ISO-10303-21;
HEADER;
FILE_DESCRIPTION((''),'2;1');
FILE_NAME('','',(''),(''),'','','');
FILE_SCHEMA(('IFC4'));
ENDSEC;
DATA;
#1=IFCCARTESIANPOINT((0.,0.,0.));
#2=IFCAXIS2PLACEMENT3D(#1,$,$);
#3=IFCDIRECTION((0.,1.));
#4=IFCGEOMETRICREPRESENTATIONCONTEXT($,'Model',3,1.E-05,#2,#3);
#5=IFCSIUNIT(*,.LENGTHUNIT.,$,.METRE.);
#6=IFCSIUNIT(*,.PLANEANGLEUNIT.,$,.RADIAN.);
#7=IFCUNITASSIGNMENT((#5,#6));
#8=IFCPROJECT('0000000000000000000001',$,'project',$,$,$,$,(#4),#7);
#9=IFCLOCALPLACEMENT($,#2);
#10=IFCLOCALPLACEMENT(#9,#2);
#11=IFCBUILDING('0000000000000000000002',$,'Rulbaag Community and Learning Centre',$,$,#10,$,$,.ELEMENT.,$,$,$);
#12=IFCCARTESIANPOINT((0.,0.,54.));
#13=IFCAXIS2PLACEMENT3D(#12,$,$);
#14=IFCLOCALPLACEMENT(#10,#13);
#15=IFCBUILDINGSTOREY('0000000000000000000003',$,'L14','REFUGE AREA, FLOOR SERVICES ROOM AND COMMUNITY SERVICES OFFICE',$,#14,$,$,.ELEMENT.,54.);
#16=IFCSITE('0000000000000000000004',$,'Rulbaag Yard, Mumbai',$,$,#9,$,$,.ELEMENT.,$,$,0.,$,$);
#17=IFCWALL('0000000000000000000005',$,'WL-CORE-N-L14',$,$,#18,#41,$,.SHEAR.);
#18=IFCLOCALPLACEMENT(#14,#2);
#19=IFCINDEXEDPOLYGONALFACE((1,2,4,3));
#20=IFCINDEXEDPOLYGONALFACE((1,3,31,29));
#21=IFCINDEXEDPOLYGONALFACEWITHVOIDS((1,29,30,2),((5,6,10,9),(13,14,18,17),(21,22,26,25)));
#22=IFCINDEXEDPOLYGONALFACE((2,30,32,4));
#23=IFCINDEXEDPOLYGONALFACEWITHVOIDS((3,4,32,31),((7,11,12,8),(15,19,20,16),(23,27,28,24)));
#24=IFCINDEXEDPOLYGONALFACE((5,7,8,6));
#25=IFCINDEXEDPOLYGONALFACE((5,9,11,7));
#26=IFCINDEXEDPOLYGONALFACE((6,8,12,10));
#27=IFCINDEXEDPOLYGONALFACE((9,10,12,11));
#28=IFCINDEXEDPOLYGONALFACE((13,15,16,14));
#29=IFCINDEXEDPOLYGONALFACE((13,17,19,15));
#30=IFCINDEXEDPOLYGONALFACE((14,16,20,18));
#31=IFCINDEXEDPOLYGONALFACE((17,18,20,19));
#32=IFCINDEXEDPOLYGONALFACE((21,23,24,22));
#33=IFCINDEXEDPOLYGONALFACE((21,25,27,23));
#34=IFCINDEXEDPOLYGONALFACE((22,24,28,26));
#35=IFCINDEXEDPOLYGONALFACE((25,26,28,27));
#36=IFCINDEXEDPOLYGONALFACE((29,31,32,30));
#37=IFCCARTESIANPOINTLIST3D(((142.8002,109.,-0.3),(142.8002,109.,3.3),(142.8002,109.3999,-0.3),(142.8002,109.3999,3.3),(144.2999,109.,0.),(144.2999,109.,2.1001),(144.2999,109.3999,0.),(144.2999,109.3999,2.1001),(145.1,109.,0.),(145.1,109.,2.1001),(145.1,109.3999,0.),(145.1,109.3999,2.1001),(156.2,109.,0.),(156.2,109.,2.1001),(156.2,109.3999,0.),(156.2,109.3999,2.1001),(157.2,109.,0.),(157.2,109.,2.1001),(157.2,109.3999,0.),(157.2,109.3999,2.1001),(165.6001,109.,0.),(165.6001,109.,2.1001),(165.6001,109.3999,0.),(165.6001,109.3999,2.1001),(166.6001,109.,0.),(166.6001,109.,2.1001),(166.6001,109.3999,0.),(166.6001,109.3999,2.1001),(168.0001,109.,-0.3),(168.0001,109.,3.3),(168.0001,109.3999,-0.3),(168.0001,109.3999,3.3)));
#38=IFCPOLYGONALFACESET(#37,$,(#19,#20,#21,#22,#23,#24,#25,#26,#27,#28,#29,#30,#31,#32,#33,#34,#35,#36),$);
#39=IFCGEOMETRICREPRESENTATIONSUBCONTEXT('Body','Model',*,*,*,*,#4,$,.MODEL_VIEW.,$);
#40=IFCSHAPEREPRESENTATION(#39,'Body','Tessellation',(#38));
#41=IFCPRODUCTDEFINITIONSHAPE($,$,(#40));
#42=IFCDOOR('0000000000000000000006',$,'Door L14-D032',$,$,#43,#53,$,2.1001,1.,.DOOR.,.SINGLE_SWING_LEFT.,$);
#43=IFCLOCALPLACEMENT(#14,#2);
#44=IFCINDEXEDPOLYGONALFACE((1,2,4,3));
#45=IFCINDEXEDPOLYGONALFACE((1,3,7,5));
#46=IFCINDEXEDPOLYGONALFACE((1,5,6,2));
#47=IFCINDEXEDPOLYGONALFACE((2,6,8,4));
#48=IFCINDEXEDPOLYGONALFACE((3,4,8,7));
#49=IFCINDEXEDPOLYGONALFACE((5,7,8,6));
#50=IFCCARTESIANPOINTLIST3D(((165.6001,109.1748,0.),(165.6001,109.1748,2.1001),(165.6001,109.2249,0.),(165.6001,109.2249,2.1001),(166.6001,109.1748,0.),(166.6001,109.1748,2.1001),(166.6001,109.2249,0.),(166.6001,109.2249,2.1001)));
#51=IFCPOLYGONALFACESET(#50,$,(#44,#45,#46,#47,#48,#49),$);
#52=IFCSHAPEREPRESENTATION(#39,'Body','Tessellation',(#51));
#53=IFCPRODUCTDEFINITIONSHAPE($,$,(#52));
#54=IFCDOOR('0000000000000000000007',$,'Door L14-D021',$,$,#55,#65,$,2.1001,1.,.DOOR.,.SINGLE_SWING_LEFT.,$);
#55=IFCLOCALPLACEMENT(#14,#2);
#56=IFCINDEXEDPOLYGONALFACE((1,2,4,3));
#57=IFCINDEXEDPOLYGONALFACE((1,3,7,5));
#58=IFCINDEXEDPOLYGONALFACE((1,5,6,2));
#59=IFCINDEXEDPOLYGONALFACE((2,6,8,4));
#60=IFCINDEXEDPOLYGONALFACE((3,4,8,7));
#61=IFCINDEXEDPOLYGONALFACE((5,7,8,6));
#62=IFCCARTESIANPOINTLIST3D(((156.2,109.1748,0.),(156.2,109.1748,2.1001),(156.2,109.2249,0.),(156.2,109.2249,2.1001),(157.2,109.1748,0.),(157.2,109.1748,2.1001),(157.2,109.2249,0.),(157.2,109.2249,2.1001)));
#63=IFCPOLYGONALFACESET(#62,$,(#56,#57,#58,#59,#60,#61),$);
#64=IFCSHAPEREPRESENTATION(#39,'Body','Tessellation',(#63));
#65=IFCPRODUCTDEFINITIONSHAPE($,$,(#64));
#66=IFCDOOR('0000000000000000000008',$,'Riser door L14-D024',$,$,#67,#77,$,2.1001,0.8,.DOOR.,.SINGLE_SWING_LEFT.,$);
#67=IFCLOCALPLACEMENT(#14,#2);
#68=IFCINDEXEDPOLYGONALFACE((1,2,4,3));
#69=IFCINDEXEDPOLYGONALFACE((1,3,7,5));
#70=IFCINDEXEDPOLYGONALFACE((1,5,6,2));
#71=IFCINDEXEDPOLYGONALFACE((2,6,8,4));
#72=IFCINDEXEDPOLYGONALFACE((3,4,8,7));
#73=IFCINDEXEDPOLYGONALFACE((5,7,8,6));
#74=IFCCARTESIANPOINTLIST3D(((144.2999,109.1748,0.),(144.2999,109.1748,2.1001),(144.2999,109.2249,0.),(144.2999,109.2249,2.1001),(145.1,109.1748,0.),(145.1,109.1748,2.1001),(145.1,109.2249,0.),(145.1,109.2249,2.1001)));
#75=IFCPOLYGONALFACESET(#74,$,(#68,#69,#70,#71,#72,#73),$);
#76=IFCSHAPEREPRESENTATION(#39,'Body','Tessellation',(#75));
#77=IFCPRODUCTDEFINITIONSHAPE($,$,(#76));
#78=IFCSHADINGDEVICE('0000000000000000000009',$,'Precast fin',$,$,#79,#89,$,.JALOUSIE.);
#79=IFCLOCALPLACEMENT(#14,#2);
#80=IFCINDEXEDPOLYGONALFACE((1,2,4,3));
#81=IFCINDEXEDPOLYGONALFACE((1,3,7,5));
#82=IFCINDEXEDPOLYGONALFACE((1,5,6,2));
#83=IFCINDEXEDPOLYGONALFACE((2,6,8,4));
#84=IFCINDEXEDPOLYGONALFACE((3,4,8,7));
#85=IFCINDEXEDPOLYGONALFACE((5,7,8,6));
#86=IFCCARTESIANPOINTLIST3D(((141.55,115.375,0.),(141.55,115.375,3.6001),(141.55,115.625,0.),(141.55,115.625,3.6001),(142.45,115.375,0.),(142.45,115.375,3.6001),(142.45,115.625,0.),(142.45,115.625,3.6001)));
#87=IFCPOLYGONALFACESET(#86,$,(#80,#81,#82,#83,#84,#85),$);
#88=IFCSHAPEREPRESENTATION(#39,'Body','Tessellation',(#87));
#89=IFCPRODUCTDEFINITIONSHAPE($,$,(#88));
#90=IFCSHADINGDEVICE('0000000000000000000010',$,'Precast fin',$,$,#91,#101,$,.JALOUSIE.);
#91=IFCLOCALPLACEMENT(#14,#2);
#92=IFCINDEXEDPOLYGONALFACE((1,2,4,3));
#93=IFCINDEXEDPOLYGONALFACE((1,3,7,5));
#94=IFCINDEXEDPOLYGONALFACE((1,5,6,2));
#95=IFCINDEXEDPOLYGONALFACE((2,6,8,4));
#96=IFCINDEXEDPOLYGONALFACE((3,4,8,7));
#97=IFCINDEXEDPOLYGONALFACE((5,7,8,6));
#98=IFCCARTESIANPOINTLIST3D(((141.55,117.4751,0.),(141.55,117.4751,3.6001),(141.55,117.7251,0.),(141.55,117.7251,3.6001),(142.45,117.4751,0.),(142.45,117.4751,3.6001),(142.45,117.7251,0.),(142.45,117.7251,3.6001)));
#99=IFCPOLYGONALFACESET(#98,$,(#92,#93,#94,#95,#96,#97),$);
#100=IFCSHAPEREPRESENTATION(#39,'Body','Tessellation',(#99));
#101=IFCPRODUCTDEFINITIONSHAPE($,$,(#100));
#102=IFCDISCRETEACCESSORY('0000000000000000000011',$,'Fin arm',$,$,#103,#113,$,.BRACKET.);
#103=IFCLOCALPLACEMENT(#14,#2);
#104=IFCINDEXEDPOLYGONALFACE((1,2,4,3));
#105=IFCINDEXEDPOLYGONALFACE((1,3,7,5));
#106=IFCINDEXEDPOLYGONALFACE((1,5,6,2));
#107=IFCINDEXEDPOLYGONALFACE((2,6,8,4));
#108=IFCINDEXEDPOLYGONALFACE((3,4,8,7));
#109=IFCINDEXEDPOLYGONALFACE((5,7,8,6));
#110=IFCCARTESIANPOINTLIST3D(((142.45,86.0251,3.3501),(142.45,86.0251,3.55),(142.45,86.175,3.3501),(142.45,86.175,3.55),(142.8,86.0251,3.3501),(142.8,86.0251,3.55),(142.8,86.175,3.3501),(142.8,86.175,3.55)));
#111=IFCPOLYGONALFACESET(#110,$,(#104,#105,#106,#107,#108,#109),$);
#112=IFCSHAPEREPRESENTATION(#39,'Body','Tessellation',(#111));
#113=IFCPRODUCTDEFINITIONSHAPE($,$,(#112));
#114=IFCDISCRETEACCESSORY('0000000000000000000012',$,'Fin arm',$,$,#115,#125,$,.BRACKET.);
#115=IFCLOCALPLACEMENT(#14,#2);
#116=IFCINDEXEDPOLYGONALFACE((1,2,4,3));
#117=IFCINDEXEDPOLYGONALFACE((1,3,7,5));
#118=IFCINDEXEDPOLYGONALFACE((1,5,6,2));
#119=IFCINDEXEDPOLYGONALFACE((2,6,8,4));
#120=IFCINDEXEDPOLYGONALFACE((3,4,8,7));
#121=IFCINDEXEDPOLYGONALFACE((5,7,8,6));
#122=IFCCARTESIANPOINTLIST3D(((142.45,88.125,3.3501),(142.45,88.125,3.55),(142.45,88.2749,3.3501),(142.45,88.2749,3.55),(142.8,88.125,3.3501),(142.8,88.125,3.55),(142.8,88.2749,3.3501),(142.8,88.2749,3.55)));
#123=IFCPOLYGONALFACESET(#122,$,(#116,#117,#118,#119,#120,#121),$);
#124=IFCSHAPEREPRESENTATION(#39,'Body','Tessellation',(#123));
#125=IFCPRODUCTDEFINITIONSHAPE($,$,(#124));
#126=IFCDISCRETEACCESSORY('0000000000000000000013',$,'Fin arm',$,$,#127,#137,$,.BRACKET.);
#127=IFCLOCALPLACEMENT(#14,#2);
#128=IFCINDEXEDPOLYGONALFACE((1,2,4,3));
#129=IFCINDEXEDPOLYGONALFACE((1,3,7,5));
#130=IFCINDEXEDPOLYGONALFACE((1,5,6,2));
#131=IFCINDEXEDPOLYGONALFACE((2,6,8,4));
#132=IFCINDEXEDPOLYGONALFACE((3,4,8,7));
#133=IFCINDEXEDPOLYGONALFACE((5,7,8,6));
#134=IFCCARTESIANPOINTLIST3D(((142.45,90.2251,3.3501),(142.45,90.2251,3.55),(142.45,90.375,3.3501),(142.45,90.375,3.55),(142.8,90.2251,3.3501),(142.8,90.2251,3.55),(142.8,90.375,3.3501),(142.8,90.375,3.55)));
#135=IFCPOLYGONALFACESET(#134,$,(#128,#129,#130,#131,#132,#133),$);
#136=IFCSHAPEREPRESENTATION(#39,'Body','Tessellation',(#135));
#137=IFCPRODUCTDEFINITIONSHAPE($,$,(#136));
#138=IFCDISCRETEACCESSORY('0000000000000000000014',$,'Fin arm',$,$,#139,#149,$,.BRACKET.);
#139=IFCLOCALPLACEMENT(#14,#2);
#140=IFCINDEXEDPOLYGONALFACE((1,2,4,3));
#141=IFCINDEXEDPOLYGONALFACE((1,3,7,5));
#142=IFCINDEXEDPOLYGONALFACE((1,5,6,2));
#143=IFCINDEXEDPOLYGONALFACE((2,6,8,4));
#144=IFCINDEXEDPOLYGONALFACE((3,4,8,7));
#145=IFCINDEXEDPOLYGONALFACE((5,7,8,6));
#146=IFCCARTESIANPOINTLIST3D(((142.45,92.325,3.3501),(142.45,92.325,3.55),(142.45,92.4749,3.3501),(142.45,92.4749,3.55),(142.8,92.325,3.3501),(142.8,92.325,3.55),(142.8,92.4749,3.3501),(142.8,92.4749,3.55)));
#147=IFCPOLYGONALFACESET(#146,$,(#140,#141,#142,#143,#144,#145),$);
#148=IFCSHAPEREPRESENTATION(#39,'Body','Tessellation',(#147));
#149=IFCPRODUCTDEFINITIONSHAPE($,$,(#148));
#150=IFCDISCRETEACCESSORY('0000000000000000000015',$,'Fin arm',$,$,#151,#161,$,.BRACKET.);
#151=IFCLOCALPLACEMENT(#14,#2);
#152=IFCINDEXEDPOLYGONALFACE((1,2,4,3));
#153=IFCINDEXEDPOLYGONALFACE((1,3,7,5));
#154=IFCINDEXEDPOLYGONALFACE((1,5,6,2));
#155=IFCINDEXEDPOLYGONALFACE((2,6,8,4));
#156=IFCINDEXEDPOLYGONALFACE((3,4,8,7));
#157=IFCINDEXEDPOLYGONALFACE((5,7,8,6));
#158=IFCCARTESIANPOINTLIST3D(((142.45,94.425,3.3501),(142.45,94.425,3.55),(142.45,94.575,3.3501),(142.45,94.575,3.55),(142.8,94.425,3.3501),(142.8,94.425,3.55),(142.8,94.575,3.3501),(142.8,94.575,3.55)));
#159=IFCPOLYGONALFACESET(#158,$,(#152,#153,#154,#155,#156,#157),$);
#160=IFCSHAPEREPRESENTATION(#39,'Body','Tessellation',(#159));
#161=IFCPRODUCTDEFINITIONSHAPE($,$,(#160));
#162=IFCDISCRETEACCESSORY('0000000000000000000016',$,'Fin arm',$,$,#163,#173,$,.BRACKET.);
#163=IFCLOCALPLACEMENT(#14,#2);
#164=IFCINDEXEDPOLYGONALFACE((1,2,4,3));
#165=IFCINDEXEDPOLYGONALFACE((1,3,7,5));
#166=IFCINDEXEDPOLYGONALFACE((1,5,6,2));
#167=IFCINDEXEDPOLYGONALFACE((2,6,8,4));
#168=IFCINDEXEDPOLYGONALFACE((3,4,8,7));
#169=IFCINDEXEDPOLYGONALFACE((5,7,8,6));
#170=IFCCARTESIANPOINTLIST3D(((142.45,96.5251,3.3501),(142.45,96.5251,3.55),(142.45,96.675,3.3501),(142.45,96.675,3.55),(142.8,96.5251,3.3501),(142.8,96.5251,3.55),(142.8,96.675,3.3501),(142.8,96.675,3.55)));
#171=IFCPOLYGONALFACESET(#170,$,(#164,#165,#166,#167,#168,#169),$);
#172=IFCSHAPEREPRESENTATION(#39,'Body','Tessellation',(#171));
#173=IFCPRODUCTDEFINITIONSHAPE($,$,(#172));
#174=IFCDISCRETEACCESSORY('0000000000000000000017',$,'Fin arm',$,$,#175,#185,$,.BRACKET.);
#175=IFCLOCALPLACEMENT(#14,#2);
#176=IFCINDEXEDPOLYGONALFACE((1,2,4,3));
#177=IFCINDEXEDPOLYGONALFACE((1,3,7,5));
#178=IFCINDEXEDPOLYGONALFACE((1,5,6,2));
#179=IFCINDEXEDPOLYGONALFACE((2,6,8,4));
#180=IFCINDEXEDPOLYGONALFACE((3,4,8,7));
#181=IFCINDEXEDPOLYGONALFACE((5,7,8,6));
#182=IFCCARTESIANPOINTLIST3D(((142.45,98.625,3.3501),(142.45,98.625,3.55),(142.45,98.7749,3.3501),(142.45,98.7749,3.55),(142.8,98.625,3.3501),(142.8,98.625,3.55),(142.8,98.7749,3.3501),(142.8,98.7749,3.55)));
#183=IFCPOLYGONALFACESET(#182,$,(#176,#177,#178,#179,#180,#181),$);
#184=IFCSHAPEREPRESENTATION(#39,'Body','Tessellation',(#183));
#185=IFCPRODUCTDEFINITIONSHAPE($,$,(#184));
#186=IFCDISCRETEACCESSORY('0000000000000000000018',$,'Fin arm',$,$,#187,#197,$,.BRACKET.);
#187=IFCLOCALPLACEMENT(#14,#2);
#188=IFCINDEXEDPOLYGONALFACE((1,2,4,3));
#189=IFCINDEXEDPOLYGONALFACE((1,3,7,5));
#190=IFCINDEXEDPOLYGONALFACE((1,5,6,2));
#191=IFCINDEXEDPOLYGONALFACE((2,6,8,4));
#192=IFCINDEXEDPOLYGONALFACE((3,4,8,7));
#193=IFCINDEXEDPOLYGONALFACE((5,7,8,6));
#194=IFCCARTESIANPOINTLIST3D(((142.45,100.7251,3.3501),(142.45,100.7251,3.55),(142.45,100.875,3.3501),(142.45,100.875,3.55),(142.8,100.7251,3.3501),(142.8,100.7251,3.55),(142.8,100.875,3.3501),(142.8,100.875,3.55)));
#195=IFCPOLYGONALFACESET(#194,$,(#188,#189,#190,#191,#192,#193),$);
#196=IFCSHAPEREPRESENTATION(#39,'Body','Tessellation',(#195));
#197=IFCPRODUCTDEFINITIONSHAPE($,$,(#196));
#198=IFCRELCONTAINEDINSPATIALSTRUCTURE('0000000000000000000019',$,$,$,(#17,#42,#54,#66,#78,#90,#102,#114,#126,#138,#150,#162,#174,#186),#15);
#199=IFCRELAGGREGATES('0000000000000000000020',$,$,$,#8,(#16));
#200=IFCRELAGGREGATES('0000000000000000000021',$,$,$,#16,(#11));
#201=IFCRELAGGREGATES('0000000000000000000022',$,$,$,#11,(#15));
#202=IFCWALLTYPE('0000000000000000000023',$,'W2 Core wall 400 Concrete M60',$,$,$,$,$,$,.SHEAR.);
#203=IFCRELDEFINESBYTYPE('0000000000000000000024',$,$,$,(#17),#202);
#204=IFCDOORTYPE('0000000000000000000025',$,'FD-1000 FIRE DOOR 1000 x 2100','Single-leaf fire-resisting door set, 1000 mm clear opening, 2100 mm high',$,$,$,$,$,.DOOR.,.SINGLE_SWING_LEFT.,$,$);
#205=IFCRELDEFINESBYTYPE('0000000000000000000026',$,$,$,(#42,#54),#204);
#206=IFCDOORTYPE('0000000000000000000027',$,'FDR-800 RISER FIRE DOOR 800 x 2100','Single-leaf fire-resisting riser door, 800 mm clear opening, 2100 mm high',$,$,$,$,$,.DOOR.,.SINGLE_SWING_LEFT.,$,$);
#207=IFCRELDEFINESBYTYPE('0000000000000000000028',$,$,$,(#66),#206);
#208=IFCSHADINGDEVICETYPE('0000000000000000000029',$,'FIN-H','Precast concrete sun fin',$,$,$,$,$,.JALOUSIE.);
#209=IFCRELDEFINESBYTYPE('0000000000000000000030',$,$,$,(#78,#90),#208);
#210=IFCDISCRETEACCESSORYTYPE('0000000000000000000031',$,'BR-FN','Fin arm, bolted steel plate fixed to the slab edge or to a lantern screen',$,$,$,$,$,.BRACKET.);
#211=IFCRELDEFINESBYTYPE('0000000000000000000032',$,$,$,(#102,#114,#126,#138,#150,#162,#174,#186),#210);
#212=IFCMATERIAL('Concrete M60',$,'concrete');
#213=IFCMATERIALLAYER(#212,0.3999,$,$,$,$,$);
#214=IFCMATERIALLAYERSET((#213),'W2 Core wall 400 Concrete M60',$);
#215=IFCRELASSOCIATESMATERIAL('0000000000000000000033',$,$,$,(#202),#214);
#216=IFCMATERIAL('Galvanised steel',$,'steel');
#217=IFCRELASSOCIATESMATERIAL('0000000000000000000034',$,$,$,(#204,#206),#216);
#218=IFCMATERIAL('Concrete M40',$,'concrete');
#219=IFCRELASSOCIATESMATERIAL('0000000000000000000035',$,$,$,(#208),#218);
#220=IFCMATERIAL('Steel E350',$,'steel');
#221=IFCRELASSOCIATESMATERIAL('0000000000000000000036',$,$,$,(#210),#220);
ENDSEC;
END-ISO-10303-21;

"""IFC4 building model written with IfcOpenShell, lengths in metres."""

from ifc_helpers import new_model, si_unit, direction, frame, frame_2d, origin, origin_2d, place, context, subcontext, project, spatial, rectangle, extrude, material, layer, layer_set, material_profile, profile_set, type_object, element, fill, save


model = new_model("IFC4")

# Units and contexts
model_context = context("Model", 3, precision=1e-05, world=origin(), true_north=direction((0.0, 1.0)))
body_context = subcontext(model_context, "Body", "Model", "MODEL_VIEW")
ifc_project = project(units=[si_unit("LENGTHUNIT", "METRE"), si_unit("PLANEANGLEUNIT", "RADIAN")], contexts=[model_context])

# Site, building, storey
site_placement = place(None, origin())
site = spatial("IfcSite", under=ifc_project, at=site_placement, Name="Rulbaag Yard, Mumbai", CompositionType="ELEMENT", RefElevation=0.0)
building_placement = place(site_placement, origin())
building = spatial("IfcBuilding", under=site, at=building_placement, Name="Rulbaag Community and Learning Centre", CompositionType="ELEMENT")
storey_placement = place(building_placement, frame((0.0, 0.0, 54.0)))
storey = spatial("IfcBuildingStorey", under=building, at=storey_placement, Name="L14", Description="REFUGE AREA, FLOOR SERVICES ROOM AND COMMUNITY SERVICES OFFICE", CompositionType="ELEMENT", Elevation=54.0)

# Shared definitions
ifc_material_1 = material(Name="Concrete M40", Category="concrete")

# Wall, openings, doors
ifc_material_2 = material(Name="Concrete M60", Category="concrete")
ifc_layer_1 = layer(ifc_material_2, 0.3999)
ifc_layer_set_1 = layer_set([ifc_layer_1], Name="W2 Core wall 400 Concrete M60")
wall_type_1 = type_object("IfcWallType", Name="W2 Core wall 400 Concrete M60", PredefinedType="SHEAR", material=ifc_layer_set_1)
ifc_material_3 = material(Name="Galvanised steel", Category="steel")
door_type_1 = type_object("IfcDoorType", Name="FD-1000 FIRE DOOR 1000 x 2100", Description="Single-leaf fire-resisting door set, 1000 mm clear opening, 2100 mm high", OperationType="SINGLE_SWING_LEFT", PredefinedType="DOOR", material=ifc_material_3)
wall_1_placement = place(storey_placement, frame((142.8, 109.2, -0.3), z_axis=(0.0, 0.0, 1.0), x_axis=(1.0, 0.0, 0.0)))
wall_1 = element("IfcWall", 1, at=wall_1_placement, inside=storey, type_object=wall_type_1, Name="WL-CORE-N-L14", PredefinedType="SHEAR", context=body_context, shape_type="SweptSolid", body=[
    extrude(rectangle(XDim=25.2, YDim=0.3999, at=frame_2d((12.6001, 0.0))), origin(), (0.0, 0.0, 1.0), 3.6001),
])
opening_1_placement = place(wall_1_placement, frame((22.8, 0.0, 0.3)))
opening_1 = element("IfcOpeningElement", 2, at=opening_1_placement, cuts=wall_1, PredefinedType="OPENING", context=body_context, shape_type="SweptSolid", body=[
    extrude(rectangle(XDim=1.0, YDim=2.1001, at=frame_2d((0.5, 1.05))), frame((0.0, 0.21, 0.0), z_axis=(0.0, -1.0, 0.0), x_axis=(1.0, 0.0, 0.0)), (0.0, 0.0, 1.0), 0.4199),
])
opening_2_placement = place(wall_1_placement, frame((1.5, 0.0, 0.3)))
opening_2 = element("IfcOpeningElement", 3, at=opening_2_placement, cuts=wall_1, PredefinedType="OPENING", context=body_context, shape_type="SweptSolid", body=[
    extrude(rectangle(XDim=0.8, YDim=2.1001, at=frame_2d((0.3999, 1.05))), frame((0.0, 0.21, 0.0), z_axis=(0.0, -1.0, 0.0), x_axis=(1.0, 0.0, 0.0)), (0.0, 0.0, 1.0), 0.4199),
])
opening_3_placement = place(wall_1_placement, frame((13.3999, 0.0, 0.3)))
opening_3 = element("IfcOpeningElement", 4, at=opening_3_placement, cuts=wall_1, PredefinedType="OPENING", context=body_context, shape_type="SweptSolid", body=[
    extrude(rectangle(XDim=1.0, YDim=2.1001, at=frame_2d((0.5, 1.05))), frame((0.0, 0.21, 0.0), z_axis=(0.0, -1.0, 0.0), x_axis=(1.0, 0.0, 0.0)), (0.0, 0.0, 1.0), 0.4199),
])
door_1_placement = place(opening_1_placement, origin())
door_1 = element("IfcDoor", 5, at=door_1_placement, inside=storey, type_object=door_type_1, Name="Door L14-D032", OperationType="SINGLE_SWING_LEFT", OverallHeight=2.1001, OverallWidth=1.0, PredefinedType="DOOR", context=body_context, shape_type="SweptSolid", body=[
    extrude(rectangle(XDim=1.0, YDim=2.1001, at=frame_2d((0.5, 1.05))), frame((0.0, 0.0249, 0.0), z_axis=(0.0, -1.0, 0.0), x_axis=(1.0, 0.0, 0.0)), (0.0, 0.0, 1.0), 0.05),
])
fill(opening_1, door_1)
door_2_placement = place(opening_3_placement, origin())
door_2 = element("IfcDoor", 6, at=door_2_placement, inside=storey, type_object=door_type_1, Name="Door L14-D021", OperationType="SINGLE_SWING_LEFT", OverallHeight=2.1001, OverallWidth=1.0, PredefinedType="DOOR", context=body_context, shape_type="SweptSolid", body=[
    extrude(rectangle(XDim=1.0, YDim=2.1001, at=frame_2d((0.5, 1.05))), frame((0.0, 0.0249, 0.0), z_axis=(0.0, -1.0, 0.0), x_axis=(1.0, 0.0, 0.0)), (0.0, 0.0, 1.0), 0.05),
])
fill(opening_3, door_2)
door_type_2 = type_object("IfcDoorType", Name="FDR-800 RISER FIRE DOOR 800 x 2100", Description="Single-leaf fire-resisting riser door, 800 mm clear opening, 2100 mm high", OperationType="SINGLE_SWING_LEFT", PredefinedType="DOOR", material=ifc_material_3)
door_3_placement = place(opening_2_placement, origin())
door_3 = element("IfcDoor", 7, at=door_3_placement, inside=storey, type_object=door_type_2, Name="Riser door L14-D024", OperationType="SINGLE_SWING_LEFT", OverallHeight=2.1001, OverallWidth=0.8, PredefinedType="DOOR", context=body_context, shape_type="SweptSolid", body=[
    extrude(rectangle(XDim=0.8, YDim=2.1001, at=frame_2d((0.3999, 1.05))), frame((0.0, 0.0249, 0.0), z_axis=(0.0, -1.0, 0.0), x_axis=(1.0, 0.0, 0.0)), (0.0, 0.0, 1.0), 0.05),
])
fill(opening_2, door_3)

# Shading devices
ifc_material_profile_1 = material_profile(ifc_material_1, rectangle(XDim=0.25, YDim=0.8999, at=origin_2d()), Name="PC 250x900")
ifc_profile_set_1 = profile_set([ifc_material_profile_1], Name="Concrete M40")
shading_device_type = type_object("IfcShadingDeviceType", Name="FIN-H", Description="Precast concrete sun fin", PredefinedType="JALOUSIE", material=ifc_profile_set_1)
for number, where, z_axis, x_axis, name in (
    (8, (142.0, 115.5, 0.0), (0.0, 0.0, 1.0), (0.0, 1.0, 0.0), "Precast fin"),
    (9, (142.0, 117.6001, 0.0), (0.0, 0.0, 1.0), (0.0, 1.0, 0.0), "Precast fin"),
):
    element("IfcShadingDevice", number, at=place(storey_placement, frame(where, z_axis=z_axis, x_axis=x_axis)), inside=storey, type_object=shading_device_type, Name=name, PredefinedType="JALOUSIE", context=body_context, shape_type="SweptSolid", body=[
        extrude(rectangle(XDim=0.25, YDim=0.8999, at=origin_2d()), origin(), (0.0, 0.0, 1.0), 3.6001),
    ])

# Discrete accessories
ifc_material_4 = material(Name="Steel E350", Category="steel")
discrete_accessory_type = type_object("IfcDiscreteAccessoryType", Name="BR-FN", Description="Fin arm, bolted steel plate fixed to the slab edge or to a lantern screen", PredefinedType="BRACKET", material=ifc_material_4)
for number, where, z_axis, x_axis, name in (
    (10, (142.625, 86.1001, 3.3501), (0.0, 0.0, 1.0), (1.0, 0.0, 0.0), "Fin arm"),
    (11, (142.625, 88.2, 3.3501), (0.0, 0.0, 1.0), (1.0, 0.0, 0.0), "Fin arm"),
    (12, (142.625, 90.3, 3.3501), (0.0, 0.0, 1.0), (1.0, 0.0, 0.0), "Fin arm"),
    (13, (142.625, 92.3999, 3.3501), (0.0, 0.0, 1.0), (1.0, 0.0, 0.0), "Fin arm"),
    (14, (142.625, 94.5, 3.3501), (0.0, 0.0, 1.0), (1.0, 0.0, 0.0), "Fin arm"),
    (15, (142.625, 96.6001, 3.3501), (0.0, 0.0, 1.0), (1.0, 0.0, 0.0), "Fin arm"),
    (16, (142.625, 98.7, 3.3501), (0.0, 0.0, 1.0), (1.0, 0.0, 0.0), "Fin arm"),
    (17, (142.625, 100.8, 3.3501), (0.0, 0.0, 1.0), (1.0, 0.0, 0.0), "Fin arm"),
):
    element("IfcDiscreteAccessory", number, at=place(storey_placement, frame(where, z_axis=z_axis, x_axis=x_axis)), inside=storey, type_object=discrete_accessory_type, Name=name, PredefinedType="BRACKET", context=body_context, shape_type="SweptSolid", body=[
        extrude(rectangle(XDim=0.3501, YDim=0.1499, at=origin_2d()), origin(), (0.0, 0.0, 1.0), 0.2),
    ])

save(model, "model.ifc")
